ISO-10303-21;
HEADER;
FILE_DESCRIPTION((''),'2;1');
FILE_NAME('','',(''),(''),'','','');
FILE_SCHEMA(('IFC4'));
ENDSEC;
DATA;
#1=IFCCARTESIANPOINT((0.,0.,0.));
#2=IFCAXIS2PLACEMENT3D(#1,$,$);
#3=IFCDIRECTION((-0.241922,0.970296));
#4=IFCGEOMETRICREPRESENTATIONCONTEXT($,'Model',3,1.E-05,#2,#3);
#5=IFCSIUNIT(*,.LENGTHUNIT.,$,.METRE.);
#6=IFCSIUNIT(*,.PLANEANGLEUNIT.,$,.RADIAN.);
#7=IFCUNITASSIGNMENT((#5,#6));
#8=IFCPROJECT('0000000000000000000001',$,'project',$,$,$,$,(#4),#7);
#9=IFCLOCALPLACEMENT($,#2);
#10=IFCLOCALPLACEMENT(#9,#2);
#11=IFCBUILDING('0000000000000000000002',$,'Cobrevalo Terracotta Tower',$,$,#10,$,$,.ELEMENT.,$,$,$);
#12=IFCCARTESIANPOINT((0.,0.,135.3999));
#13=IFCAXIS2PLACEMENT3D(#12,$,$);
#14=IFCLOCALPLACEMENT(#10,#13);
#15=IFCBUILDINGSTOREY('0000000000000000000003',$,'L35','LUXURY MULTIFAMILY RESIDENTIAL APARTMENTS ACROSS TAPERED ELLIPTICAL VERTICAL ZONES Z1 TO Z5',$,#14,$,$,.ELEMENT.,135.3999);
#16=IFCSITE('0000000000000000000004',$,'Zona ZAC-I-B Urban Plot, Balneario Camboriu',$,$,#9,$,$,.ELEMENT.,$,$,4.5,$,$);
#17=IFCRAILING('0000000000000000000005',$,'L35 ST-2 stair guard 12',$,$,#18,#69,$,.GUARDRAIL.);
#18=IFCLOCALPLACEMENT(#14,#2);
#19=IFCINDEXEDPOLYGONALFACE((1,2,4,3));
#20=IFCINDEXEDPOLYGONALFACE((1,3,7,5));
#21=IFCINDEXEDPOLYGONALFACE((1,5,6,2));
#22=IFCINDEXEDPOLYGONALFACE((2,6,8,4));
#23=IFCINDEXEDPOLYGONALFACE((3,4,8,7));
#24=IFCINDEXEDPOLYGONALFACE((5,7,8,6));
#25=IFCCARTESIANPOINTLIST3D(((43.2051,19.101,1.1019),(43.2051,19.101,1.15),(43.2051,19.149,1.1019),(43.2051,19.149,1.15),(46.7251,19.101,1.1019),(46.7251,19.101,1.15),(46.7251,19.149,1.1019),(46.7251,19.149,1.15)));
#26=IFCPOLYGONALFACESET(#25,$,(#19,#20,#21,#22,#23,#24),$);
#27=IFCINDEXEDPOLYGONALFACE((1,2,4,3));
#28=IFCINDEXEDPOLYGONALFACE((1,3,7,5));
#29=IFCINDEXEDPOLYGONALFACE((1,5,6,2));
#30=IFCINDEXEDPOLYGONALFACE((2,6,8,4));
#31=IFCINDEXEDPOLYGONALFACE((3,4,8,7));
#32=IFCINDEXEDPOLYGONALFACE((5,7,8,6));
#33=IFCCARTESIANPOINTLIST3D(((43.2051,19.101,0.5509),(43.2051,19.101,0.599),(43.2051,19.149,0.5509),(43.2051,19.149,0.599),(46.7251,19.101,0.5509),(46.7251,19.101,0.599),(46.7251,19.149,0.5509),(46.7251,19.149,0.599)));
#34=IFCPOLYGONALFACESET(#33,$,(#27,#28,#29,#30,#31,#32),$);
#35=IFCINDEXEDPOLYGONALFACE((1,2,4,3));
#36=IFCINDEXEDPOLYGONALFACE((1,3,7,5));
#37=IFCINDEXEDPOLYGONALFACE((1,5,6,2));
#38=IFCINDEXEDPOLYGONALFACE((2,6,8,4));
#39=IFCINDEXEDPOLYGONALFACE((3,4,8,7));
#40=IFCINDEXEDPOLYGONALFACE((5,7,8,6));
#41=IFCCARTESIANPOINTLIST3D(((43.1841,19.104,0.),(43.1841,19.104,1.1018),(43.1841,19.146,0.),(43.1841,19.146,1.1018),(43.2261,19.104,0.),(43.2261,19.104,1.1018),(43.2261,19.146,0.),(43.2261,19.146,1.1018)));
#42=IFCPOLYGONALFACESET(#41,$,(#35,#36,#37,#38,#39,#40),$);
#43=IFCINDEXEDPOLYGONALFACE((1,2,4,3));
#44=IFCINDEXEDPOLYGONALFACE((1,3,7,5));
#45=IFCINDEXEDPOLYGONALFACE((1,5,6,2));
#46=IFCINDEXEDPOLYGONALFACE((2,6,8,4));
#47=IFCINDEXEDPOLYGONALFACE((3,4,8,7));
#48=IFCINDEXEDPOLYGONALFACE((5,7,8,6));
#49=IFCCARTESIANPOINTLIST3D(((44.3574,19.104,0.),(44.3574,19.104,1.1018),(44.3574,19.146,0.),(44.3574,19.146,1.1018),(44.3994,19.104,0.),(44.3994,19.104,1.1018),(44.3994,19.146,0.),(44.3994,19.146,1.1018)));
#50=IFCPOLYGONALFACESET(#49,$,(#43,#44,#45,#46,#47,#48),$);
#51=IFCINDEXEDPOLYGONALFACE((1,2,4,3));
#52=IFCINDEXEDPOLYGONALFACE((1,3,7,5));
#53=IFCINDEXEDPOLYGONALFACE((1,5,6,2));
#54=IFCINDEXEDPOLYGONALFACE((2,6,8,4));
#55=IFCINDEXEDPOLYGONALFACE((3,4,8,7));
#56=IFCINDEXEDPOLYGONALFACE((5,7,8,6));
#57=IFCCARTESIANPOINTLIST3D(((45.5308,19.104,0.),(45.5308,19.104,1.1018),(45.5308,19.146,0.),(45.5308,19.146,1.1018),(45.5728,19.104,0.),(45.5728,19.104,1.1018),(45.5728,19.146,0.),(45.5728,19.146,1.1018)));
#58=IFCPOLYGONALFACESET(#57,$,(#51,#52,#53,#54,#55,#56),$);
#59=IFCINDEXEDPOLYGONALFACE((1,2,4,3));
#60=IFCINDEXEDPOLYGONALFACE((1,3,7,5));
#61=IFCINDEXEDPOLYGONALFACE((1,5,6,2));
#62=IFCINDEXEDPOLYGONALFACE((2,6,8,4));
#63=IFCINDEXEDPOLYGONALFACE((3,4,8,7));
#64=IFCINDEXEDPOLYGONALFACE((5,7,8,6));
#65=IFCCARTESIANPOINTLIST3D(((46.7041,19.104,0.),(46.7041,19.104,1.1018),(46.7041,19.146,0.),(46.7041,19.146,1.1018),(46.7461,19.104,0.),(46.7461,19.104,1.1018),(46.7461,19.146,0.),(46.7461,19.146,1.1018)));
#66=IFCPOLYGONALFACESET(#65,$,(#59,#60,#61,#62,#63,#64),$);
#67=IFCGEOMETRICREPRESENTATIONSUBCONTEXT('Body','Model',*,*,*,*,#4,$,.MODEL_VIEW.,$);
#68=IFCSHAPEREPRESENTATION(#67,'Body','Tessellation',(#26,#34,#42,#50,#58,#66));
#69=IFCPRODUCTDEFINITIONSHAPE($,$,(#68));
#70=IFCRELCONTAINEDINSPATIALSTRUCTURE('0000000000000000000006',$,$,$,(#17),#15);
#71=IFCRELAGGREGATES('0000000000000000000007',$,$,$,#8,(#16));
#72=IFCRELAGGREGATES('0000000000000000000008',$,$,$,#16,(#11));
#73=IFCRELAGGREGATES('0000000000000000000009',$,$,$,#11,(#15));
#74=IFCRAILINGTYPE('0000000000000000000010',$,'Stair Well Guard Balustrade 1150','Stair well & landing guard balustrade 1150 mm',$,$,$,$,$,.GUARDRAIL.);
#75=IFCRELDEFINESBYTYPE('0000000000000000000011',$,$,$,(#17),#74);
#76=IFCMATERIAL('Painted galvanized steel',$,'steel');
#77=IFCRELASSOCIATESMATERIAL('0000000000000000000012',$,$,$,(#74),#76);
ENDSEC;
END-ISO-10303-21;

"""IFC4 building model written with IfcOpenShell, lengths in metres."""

from ifc_helpers import new_model, si_unit, direction, frame, origin, origin_2d, place, context, subcontext, project, spatial, rectangle, extrude, material, type_object, element, save


model = new_model("IFC4")

# Units and contexts
model_context = context("Model", 3, precision=1e-05, world=origin(), true_north=direction((-0.241922, 0.970296)))
body_context = subcontext(model_context, "Body", "Model", "MODEL_VIEW")
ifc_project = project(units=[si_unit("LENGTHUNIT", "METRE"), si_unit("PLANEANGLEUNIT", "RADIAN")], contexts=[model_context])

# Site, building, storey
site_placement = place(None, origin())
site = spatial("IfcSite", under=ifc_project, at=site_placement, Name="Zona ZAC-I-B Urban Plot, Balneario Camboriu", CompositionType="ELEMENT", RefElevation=4.5)
building_placement = place(site_placement, origin())
building = spatial("IfcBuilding", under=site, at=building_placement, Name="Cobrevalo Terracotta Tower", CompositionType="ELEMENT")
storey_placement = place(building_placement, frame((0.0, 0.0, 135.3999)))
storey = spatial("IfcBuildingStorey", under=building, at=storey_placement, Name="L35", Description="LUXURY MULTIFAMILY RESIDENTIAL APARTMENTS ACROSS TAPERED ELLIPTICAL VERTICAL ZONES Z1 TO Z5", CompositionType="ELEMENT", Elevation=135.3999)

# Railing
ifc_material_1 = material(Name="Painted galvanized steel", Category="steel")
railing_type_1 = type_object("IfcRailingType", Name="Stair Well Guard Balustrade 1150", Description="Stair well & landing guard balustrade 1150 mm", PredefinedType="GUARDRAIL", material=ifc_material_1)
railing_1_placement = place(storey_placement, frame((43.2051, 19.125, 0.0)))
element("IfcRailing", 1, at=railing_1_placement, inside=storey, type_object=railing_type_1, Name="L35 ST-2 stair guard 12", PredefinedType="GUARDRAIL", context=body_context, shape_type="SweptSolid", body=[
    extrude(rectangle(XDim=0.0481, YDim=0.0481, at=origin_2d()), frame((0.0, 0.0, 1.126), z_axis=(1.0, 0.0, 0.0), x_axis=(0.0, 1.0, 0.0)), (0.0, 0.0, 1.0), 3.52),
    extrude(rectangle(XDim=0.0481, YDim=0.0481, at=origin_2d()), frame((0.0, 0.0, 0.575), z_axis=(1.0, 0.0, 0.0), x_axis=(0.0, 1.0, 0.0)), (0.0, 0.0, 1.0), 3.52),
    extrude(rectangle(XDim=0.042, YDim=0.042, at=origin_2d()), origin(), (0.0, 0.0, 1.0), 1.1018),
    extrude(rectangle(XDim=0.042, YDim=0.042, at=origin_2d()), frame((1.1733, 0.0, 0.0)), (0.0, 0.0, 1.0), 1.1018),
    extrude(rectangle(XDim=0.042, YDim=0.042, at=origin_2d()), frame((2.3467, 0.0, 0.0)), (0.0, 0.0, 1.0), 1.1018),
    extrude(rectangle(XDim=0.042, YDim=0.042, at=origin_2d()), frame((3.52, 0.0, 0.0)), (0.0, 0.0, 1.0), 1.1018),
])

save(model, "model.ifc")
